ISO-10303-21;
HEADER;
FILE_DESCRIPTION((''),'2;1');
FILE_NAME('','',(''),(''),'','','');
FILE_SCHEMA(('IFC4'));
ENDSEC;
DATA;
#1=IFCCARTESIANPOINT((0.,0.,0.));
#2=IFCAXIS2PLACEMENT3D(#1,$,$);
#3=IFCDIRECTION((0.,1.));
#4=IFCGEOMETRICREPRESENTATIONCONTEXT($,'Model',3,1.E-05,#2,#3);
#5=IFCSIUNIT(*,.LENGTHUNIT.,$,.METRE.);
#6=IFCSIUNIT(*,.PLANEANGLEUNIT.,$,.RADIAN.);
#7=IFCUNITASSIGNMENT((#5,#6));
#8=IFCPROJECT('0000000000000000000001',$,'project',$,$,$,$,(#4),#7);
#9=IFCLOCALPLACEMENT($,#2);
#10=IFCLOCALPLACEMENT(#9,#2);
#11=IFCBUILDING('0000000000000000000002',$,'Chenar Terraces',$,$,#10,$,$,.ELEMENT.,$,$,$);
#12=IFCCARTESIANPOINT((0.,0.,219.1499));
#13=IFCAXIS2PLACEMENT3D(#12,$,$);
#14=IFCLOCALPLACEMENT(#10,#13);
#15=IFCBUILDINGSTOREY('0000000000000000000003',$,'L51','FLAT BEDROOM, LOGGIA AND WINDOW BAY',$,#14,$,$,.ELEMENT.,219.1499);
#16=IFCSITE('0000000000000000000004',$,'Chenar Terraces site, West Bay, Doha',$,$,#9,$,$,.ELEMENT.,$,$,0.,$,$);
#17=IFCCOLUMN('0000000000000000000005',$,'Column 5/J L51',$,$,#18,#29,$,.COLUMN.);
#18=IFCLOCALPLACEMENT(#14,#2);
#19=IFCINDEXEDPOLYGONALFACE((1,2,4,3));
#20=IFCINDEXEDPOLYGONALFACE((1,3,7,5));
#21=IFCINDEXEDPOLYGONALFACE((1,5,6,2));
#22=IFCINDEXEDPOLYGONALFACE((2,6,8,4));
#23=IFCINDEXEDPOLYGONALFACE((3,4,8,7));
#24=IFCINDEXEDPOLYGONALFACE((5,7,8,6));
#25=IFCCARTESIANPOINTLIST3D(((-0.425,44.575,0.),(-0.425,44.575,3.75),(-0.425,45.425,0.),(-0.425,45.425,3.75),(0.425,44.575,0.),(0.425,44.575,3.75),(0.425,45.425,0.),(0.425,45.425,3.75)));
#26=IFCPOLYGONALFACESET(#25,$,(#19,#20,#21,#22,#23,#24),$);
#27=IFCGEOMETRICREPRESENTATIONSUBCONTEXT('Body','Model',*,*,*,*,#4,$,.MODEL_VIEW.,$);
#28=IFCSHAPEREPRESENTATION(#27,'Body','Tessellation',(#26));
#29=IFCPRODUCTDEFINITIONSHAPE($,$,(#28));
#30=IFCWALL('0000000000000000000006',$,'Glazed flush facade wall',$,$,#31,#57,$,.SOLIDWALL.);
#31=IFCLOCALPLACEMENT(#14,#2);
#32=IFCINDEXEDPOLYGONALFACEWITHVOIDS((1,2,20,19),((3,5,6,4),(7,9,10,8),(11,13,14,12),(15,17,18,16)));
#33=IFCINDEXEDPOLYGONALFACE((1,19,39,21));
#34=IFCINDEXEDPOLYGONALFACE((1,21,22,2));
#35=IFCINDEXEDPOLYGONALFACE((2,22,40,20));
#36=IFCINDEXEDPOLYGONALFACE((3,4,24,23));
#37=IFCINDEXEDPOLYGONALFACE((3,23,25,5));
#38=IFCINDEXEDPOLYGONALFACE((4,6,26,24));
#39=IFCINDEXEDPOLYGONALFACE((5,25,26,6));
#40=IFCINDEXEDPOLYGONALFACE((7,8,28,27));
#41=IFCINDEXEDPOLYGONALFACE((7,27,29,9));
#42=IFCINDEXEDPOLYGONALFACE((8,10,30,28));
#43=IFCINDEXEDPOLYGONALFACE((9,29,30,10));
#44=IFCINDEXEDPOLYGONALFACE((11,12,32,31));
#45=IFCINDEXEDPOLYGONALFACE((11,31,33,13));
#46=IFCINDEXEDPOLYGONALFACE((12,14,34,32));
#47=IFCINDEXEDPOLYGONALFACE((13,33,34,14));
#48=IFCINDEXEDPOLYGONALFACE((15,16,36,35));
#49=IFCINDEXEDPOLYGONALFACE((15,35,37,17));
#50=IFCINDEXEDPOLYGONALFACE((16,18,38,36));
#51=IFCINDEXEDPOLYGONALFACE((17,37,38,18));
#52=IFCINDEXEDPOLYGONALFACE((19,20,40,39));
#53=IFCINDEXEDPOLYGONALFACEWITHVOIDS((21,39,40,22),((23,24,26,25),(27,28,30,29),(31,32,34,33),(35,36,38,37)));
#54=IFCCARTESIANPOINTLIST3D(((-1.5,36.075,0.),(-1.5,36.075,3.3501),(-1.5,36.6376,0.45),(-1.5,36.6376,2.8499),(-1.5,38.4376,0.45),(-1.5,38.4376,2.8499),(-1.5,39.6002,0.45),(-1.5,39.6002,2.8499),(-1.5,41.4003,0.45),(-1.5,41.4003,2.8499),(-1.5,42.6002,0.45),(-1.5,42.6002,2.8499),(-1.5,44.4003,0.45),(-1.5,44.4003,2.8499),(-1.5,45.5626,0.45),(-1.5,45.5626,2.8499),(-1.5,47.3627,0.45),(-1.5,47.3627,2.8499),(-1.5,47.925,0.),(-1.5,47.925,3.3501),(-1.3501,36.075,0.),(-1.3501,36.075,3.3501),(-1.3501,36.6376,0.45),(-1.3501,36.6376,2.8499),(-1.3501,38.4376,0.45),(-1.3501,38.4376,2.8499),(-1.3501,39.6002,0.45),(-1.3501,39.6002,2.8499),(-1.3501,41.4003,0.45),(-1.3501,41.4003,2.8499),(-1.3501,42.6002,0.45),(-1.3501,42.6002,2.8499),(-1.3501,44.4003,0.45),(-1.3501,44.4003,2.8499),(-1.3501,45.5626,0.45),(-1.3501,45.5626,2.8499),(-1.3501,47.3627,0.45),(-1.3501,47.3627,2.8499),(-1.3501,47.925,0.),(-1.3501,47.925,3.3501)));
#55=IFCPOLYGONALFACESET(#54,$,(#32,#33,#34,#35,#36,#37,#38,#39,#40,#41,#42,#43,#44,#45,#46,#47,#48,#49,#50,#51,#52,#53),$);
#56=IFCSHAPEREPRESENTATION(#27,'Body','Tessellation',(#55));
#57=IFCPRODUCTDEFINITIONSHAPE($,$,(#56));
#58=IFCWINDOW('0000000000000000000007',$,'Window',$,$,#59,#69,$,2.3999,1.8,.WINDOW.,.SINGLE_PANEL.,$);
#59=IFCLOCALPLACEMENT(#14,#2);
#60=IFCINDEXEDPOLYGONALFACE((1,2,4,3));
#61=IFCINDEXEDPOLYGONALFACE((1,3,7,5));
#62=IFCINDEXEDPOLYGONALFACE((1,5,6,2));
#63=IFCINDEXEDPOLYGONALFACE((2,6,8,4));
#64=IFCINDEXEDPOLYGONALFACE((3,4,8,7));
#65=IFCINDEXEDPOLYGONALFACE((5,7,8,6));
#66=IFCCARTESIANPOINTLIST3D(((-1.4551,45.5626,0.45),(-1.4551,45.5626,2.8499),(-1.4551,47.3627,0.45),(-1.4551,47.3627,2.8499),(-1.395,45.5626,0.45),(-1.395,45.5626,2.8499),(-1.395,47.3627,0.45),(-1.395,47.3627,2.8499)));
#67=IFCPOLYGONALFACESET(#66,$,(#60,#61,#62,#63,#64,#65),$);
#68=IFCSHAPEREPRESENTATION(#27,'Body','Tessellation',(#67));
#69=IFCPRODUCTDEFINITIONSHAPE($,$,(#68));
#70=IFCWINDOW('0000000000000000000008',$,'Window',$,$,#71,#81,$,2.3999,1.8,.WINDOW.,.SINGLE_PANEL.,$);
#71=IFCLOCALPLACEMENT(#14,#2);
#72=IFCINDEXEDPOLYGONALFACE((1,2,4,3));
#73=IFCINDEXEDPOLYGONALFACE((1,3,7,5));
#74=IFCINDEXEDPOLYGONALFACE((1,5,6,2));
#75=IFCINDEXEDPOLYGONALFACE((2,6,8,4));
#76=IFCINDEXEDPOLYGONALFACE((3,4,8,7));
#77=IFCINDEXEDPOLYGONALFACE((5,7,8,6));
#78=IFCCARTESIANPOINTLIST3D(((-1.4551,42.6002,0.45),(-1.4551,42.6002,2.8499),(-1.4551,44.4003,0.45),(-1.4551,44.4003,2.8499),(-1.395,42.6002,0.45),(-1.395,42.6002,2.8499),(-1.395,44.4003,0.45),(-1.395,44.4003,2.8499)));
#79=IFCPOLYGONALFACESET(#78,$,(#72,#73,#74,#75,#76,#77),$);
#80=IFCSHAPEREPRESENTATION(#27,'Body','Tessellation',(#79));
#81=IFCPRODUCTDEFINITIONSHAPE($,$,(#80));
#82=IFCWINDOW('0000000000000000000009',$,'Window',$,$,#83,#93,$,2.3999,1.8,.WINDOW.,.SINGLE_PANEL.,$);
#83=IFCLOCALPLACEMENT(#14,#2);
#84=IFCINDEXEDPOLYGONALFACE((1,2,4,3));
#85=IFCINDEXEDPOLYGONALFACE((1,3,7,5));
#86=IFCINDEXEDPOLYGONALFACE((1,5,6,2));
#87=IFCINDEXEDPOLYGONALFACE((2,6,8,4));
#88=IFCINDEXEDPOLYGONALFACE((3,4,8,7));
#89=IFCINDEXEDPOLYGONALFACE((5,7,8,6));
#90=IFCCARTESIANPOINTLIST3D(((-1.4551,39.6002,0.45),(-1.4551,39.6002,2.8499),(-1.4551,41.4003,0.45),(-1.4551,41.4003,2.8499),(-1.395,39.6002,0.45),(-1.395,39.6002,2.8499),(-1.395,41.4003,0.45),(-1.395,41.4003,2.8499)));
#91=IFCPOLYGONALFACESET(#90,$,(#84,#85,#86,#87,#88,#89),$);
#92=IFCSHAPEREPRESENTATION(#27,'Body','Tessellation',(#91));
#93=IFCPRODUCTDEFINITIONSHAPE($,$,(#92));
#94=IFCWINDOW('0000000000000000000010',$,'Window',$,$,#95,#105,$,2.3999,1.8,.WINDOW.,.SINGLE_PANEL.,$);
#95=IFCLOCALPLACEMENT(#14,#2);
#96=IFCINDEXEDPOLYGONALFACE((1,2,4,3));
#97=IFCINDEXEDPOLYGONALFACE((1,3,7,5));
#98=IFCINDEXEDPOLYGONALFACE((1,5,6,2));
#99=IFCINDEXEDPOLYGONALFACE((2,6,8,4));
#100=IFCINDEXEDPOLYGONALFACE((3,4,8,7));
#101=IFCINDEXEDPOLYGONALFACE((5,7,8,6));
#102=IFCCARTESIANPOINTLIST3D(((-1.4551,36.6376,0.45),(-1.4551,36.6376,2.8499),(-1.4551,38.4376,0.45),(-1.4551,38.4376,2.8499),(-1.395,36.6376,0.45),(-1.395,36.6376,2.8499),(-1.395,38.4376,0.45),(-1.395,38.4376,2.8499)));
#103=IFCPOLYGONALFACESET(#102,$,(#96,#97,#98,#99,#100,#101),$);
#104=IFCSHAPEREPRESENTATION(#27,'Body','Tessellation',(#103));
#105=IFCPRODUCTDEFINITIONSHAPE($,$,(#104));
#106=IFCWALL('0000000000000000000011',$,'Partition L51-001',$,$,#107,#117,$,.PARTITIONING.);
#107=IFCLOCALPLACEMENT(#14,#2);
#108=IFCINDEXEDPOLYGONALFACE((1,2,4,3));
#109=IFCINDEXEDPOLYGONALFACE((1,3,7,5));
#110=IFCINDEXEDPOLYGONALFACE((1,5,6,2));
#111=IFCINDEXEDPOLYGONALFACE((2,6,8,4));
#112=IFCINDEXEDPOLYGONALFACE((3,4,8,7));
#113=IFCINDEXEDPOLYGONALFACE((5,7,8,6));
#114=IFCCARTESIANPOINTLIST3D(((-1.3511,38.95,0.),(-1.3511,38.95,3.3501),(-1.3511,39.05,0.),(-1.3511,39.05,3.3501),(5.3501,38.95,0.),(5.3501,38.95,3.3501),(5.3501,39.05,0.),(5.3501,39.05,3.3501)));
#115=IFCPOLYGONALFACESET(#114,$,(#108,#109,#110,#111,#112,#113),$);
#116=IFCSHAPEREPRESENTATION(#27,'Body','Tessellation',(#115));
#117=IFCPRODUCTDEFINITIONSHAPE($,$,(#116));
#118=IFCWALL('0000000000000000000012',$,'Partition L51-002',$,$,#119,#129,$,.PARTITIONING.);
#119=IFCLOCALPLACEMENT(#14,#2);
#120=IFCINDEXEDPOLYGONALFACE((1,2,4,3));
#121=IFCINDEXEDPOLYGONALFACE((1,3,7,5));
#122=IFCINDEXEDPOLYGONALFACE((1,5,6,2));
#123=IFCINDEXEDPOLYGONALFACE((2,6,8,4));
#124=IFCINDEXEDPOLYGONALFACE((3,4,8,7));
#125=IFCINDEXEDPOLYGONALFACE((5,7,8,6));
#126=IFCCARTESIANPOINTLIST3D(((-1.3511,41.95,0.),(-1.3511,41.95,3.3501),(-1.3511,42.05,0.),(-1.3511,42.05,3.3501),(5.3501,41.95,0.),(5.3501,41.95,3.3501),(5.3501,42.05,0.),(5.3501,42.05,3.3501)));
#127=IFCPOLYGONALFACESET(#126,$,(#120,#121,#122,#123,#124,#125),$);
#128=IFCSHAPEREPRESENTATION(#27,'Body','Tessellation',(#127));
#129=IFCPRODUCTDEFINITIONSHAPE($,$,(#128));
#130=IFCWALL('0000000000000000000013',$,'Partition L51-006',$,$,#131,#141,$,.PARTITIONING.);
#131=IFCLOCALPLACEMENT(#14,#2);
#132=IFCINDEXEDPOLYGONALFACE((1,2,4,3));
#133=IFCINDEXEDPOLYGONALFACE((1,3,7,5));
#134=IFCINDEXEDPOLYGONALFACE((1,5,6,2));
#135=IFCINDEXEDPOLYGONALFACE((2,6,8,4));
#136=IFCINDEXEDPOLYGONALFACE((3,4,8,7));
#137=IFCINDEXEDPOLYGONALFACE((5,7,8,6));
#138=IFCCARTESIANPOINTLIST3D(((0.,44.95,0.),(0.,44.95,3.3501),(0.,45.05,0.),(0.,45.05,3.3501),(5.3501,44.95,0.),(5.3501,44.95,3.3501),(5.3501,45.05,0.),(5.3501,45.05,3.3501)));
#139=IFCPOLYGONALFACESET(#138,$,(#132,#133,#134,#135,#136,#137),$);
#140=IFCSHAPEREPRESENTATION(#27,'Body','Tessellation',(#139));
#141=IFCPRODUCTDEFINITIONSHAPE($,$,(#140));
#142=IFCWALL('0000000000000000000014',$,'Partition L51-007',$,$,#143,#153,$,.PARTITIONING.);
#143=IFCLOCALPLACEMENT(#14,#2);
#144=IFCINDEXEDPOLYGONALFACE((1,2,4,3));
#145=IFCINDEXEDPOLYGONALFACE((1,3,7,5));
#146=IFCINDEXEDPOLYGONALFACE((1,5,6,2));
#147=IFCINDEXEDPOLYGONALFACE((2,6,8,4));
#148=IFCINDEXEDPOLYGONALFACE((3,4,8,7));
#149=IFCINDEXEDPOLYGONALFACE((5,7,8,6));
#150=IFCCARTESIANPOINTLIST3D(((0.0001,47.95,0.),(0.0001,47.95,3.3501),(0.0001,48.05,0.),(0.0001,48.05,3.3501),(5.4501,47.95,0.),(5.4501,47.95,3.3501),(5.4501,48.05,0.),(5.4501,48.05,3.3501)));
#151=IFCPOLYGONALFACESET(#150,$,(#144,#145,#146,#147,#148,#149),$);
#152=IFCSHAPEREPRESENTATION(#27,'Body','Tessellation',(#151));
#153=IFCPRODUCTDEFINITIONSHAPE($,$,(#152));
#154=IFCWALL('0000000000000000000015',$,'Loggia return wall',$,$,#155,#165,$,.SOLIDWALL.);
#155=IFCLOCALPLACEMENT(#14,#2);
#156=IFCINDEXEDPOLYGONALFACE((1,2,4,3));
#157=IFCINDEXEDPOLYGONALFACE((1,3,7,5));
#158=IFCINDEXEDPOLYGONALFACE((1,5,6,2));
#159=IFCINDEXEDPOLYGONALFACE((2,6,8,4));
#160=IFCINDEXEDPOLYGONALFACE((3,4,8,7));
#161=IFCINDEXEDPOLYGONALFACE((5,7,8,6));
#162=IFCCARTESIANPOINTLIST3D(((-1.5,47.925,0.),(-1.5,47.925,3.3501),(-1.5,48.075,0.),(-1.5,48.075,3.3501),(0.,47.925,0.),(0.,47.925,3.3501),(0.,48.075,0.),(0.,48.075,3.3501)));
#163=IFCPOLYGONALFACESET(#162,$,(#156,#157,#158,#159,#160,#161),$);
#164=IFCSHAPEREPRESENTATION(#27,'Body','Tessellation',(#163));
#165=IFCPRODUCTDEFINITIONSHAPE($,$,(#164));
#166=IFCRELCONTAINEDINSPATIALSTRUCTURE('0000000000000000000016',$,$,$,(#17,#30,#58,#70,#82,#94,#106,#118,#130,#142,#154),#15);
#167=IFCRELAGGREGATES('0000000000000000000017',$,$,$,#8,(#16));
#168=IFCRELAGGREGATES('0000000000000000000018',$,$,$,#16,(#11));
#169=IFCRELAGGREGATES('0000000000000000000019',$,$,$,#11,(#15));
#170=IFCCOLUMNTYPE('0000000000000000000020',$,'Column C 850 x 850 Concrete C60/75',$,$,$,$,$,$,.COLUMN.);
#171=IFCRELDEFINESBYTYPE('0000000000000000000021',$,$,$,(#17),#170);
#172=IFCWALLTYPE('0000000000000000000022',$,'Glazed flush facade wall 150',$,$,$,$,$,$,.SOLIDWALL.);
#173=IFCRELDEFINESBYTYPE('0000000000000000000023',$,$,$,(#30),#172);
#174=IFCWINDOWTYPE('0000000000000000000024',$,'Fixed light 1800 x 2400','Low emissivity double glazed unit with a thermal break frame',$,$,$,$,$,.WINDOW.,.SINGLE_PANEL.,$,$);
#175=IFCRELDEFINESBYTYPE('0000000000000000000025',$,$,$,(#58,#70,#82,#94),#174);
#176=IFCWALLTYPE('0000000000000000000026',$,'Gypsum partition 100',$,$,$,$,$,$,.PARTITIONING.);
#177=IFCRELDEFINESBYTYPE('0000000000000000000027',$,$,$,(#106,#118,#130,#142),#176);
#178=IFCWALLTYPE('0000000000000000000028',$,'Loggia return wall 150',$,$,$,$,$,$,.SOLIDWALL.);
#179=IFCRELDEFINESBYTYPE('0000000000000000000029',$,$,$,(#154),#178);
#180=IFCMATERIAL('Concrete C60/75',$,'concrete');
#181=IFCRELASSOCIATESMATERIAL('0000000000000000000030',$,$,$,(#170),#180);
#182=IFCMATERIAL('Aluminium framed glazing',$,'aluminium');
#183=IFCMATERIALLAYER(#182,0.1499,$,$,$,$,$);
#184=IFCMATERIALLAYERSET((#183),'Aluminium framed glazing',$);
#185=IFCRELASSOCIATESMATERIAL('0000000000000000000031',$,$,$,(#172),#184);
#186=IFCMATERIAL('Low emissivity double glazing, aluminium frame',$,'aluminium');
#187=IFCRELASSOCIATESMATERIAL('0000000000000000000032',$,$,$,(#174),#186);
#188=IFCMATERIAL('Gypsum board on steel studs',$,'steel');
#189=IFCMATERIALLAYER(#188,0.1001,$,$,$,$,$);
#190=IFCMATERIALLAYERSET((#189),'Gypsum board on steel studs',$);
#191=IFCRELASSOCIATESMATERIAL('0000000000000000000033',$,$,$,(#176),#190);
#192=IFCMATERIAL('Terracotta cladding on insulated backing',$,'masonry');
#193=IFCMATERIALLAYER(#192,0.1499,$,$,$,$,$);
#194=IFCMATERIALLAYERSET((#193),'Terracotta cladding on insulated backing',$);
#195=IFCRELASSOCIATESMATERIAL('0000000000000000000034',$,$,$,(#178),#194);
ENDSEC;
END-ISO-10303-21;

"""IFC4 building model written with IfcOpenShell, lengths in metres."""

from ifc_helpers import new_model, si_unit, direction, frame, frame_2d, origin, origin_2d, place, context, subcontext, project, spatial, rectangle, extrude, material, layer, layer_set, material_profile, profile_set, type_object, element, fill, save


model = new_model("IFC4")

# Units and contexts
model_context = context("Model", 3, precision=1e-05, world=origin(), true_north=direction((0.0, 1.0)))
body_context = subcontext(model_context, "Body", "Model", "MODEL_VIEW")
ifc_project = project(units=[si_unit("LENGTHUNIT", "METRE"), si_unit("PLANEANGLEUNIT", "RADIAN")], contexts=[model_context])

# Site, building, storey
site_placement = place(None, origin())
site = spatial("IfcSite", under=ifc_project, at=site_placement, Name="Chenar Terraces site, West Bay, Doha", CompositionType="ELEMENT", RefElevation=0.0)
building_placement = place(site_placement, origin())
building = spatial("IfcBuilding", under=site, at=building_placement, Name="Chenar Terraces", CompositionType="ELEMENT")
storey_placement = place(building_placement, frame((0.0, 0.0, 219.1499)))
storey = spatial("IfcBuildingStorey", under=building, at=storey_placement, Name="L51", Description="FLAT BEDROOM, LOGGIA AND WINDOW BAY", CompositionType="ELEMENT", Elevation=219.1499)

# Column
ifc_material_1 = material(Name="Concrete C60/75", Category="concrete")
ifc_material_profile_1 = material_profile(ifc_material_1, rectangle(XDim=0.8501, YDim=0.8501, at=origin_2d()), Name="C 850 x 850")
ifc_profile_set_1 = profile_set([ifc_material_profile_1], Name="Concrete C60/75")
column_type = type_object("IfcColumnType", Name="Column C 850 x 850 Concrete C60/75", PredefinedType="COLUMN", material=ifc_profile_set_1)
placement = place(storey_placement, frame((0.0, 45.0, 0.0), z_axis=(0.0, 0.0, 1.0), x_axis=(1.0, 0.0, 0.0)))
element("IfcColumn", 1, at=placement, inside=storey, type_object=column_type, Name="Column 5/J L51", PredefinedType="COLUMN", context=body_context, shape_type="SweptSolid", body=[
    extrude(rectangle(XDim=0.8501, YDim=0.8501, at=origin_2d()), origin(), (0.0, 0.0, 1.0), 3.75),
])

# Wall, openings, windows
ifc_material_2 = material(Name="Aluminium framed glazing", Category="aluminium")
ifc_layer_1 = layer(ifc_material_2, 0.1499)
ifc_layer_set_1 = layer_set([ifc_layer_1], Name="Aluminium framed glazing")
wall_type_1 = type_object("IfcWallType", Name="Glazed flush facade wall 150", PredefinedType="SOLIDWALL", material=ifc_layer_set_1)
wall_1_placement = place(storey_placement, frame((-1.425, 47.925, 0.0), z_axis=(0.0, 0.0, 1.0), x_axis=(0.0, -1.0, 0.0)))
wall_1 = element("IfcWall", 2, at=wall_1_placement, inside=storey, type_object=wall_type_1, Name="Glazed flush facade wall", PredefinedType="SOLIDWALL", context=body_context, shape_type="SweptSolid", body=[
    extrude(rectangle(XDim=11.8501, YDim=0.1499, at=frame_2d((5.925, 0.0))), origin(), (0.0, 0.0, 1.0), 3.3501),
])
opening_1_placement = place(wall_1_placement, frame((0.5625, 0.0, 0.45)))
opening_1 = element("IfcOpeningElement", 3, at=opening_1_placement, cuts=wall_1, PredefinedType="OPENING", context=body_context, shape_type="SweptSolid", body=[
    extrude(rectangle(XDim=1.8, YDim=2.3999, at=frame_2d((0.8999, 1.2))), frame((0.0, 0.085, 0.0), z_axis=(0.0, -1.0, 0.0), x_axis=(1.0, 0.0, 0.0)), (0.0, 0.0, 1.0), 0.1699),
])
opening_2_placement = place(wall_1_placement, frame((3.5249, 0.0, 0.45)))
opening_2 = element("IfcOpeningElement", 4, at=opening_2_placement, cuts=wall_1, PredefinedType="OPENING", context=body_context, shape_type="SweptSolid", body=[
    extrude(rectangle(XDim=1.8, YDim=2.3999, at=frame_2d((0.8999, 1.2))), frame((0.0, 0.085, 0.0), z_axis=(0.0, -1.0, 0.0), x_axis=(1.0, 0.0, 0.0)), (0.0, 0.0, 1.0), 0.1699),
])
opening_3_placement = place(wall_1_placement, frame((6.5249, 0.0, 0.45)))
opening_3 = element("IfcOpeningElement", 5, at=opening_3_placement, cuts=wall_1, PredefinedType="OPENING", context=body_context, shape_type="SweptSolid", body=[
    extrude(rectangle(XDim=1.8, YDim=2.3999, at=frame_2d((0.8999, 1.2))), frame((0.0, 0.085, 0.0), z_axis=(0.0, -1.0, 0.0), x_axis=(1.0, 0.0, 0.0)), (0.0, 0.0, 1.0), 0.1699),
])
opening_4_placement = place(wall_1_placement, frame((9.4875, 0.0, 0.45)))
opening_4 = element("IfcOpeningElement", 6, at=opening_4_placement, cuts=wall_1, PredefinedType="OPENING", context=body_context, shape_type="SweptSolid", body=[
    extrude(rectangle(XDim=1.8, YDim=2.3999, at=frame_2d((0.8999, 1.2))), frame((0.0, 0.085, 0.0), z_axis=(0.0, -1.0, 0.0), x_axis=(1.0, 0.0, 0.0)), (0.0, 0.0, 1.0), 0.1699),
])
ifc_material_3 = material(Name="Low emissivity double glazing, aluminium frame", Category="aluminium")
window_type = type_object("IfcWindowType", Name="Fixed light 1800 x 2400", Description="Low emissivity double glazed unit with a thermal break frame", PartitioningType="SINGLE_PANEL", PredefinedType="WINDOW", material=ifc_material_3)
window_1_placement = place(opening_1_placement, origin())
window_1 = element("IfcWindow", 7, at=window_1_placement, inside=storey, type_object=window_type, Name="Window", OverallHeight=2.3999, OverallWidth=1.8, PartitioningType="SINGLE_PANEL", PredefinedType="WINDOW", context=body_context, shape_type="SweptSolid", body=[
    extrude(rectangle(XDim=1.8, YDim=2.3999, at=frame_2d((0.8999, 1.2))), frame((0.0, 0.03, 0.0), z_axis=(0.0, -1.0, 0.0), x_axis=(1.0, 0.0, 0.0)), (0.0, 0.0, 1.0), 0.0601),
])
fill(opening_1, window_1)
window_2_placement = place(opening_2_placement, origin())
window_2 = element("IfcWindow", 8, at=window_2_placement, inside=storey, type_object=window_type, Name="Window", OverallHeight=2.3999, OverallWidth=1.8, PartitioningType="SINGLE_PANEL", PredefinedType="WINDOW", context=body_context, shape_type="SweptSolid", body=[
    extrude(rectangle(XDim=1.8, YDim=2.3999, at=frame_2d((0.8999, 1.2))), frame((0.0, 0.03, 0.0), z_axis=(0.0, -1.0, 0.0), x_axis=(1.0, 0.0, 0.0)), (0.0, 0.0, 1.0), 0.0601),
])
fill(opening_2, window_2)
window_3_placement = place(opening_3_placement, origin())
window_3 = element("IfcWindow", 9, at=window_3_placement, inside=storey, type_object=window_type, Name="Window", OverallHeight=2.3999, OverallWidth=1.8, PartitioningType="SINGLE_PANEL", PredefinedType="WINDOW", context=body_context, shape_type="SweptSolid", body=[
    extrude(rectangle(XDim=1.8, YDim=2.3999, at=frame_2d((0.8999, 1.2))), frame((0.0, 0.03, 0.0), z_axis=(0.0, -1.0, 0.0), x_axis=(1.0, 0.0, 0.0)), (0.0, 0.0, 1.0), 0.0601),
])
fill(opening_3, window_3)
window_4_placement = place(opening_4_placement, origin())
window_4 = element("IfcWindow", 10, at=window_4_placement, inside=storey, type_object=window_type, Name="Window", OverallHeight=2.3999, OverallWidth=1.8, PartitioningType="SINGLE_PANEL", PredefinedType="WINDOW", context=body_context, shape_type="SweptSolid", body=[
    extrude(rectangle(XDim=1.8, YDim=2.3999, at=frame_2d((0.8999, 1.2))), frame((0.0, 0.03, 0.0), z_axis=(0.0, -1.0, 0.0), x_axis=(1.0, 0.0, 0.0)), (0.0, 0.0, 1.0), 0.0601),
])
fill(opening_4, window_4)

# Walls
ifc_material_4 = material(Name="Gypsum board on steel studs", Category="steel")
ifc_layer_2 = layer(ifc_material_4, 0.1001)
ifc_layer_set_2 = layer_set([ifc_layer_2], Name="Gypsum board on steel studs")
wall_type_2 = type_object("IfcWallType", Name="Gypsum partition 100", PredefinedType="PARTITIONING", material=ifc_layer_set_2)
for number, where, z_axis, x_axis, name in (
    (11, (-1.3511, 39.0, 0.0), (0.0, 0.0, 1.0), (1.0, 0.0, 0.0), "Partition L51-001"),
    (12, (-1.3511, 42.0, 0.0), (0.0, 0.0, 1.0), (1.0, 0.0, 0.0), "Partition L51-002"),
):
    element("IfcWall", number, at=place(storey_placement, frame(where, z_axis=z_axis, x_axis=x_axis)), inside=storey, type_object=wall_type_2, Name=name, PredefinedType="PARTITIONING", context=body_context, shape_type="SweptSolid", body=[
        extrude(rectangle(XDim=6.7012, YDim=0.1001, at=frame_2d((3.3506, 0.0))), origin(), (0.0, 0.0, 1.0), 3.3501),
    ])
element("IfcWall", 13, at=placement, inside=storey, type_object=wall_type_2, Name="Partition L51-006", PredefinedType="PARTITIONING", context=body_context, shape_type="SweptSolid", body=[
    extrude(rectangle(XDim=5.3501, YDim=0.1001, at=frame_2d((2.675, 0.0))), origin(), (0.0, 0.0, 1.0), 3.3501),
])
wall_2_placement = place(storey_placement, frame((0.0, 48.0, 0.0), z_axis=(0.0, 0.0, 1.0), x_axis=(1.0, 0.0, 0.0)))
element("IfcWall", 14, at=wall_2_placement, inside=storey, type_object=wall_type_2, Name="Partition L51-007", PredefinedType="PARTITIONING", context=body_context, shape_type="SweptSolid", body=[
    extrude(rectangle(XDim=5.45, YDim=0.1001, at=frame_2d((2.7251, 0.0))), origin(), (0.0, 0.0, 1.0), 3.3501),
])
ifc_material_5 = material(Name="Terracotta cladding on insulated backing", Category="masonry")
ifc_layer_3 = layer(ifc_material_5, 0.1499)
ifc_layer_set_3 = layer_set([ifc_layer_3], Name="Terracotta cladding on insulated backing")
wall_type_3 = type_object("IfcWallType", Name="Loggia return wall 150", PredefinedType="SOLIDWALL", material=ifc_layer_set_3)
wall_3_placement = place(storey_placement, frame((-1.5, 48.0, 0.0), z_axis=(0.0, 0.0, 1.0), x_axis=(1.0, 0.0, 0.0)))
element("IfcWall", 15, at=wall_3_placement, inside=storey, type_object=wall_type_3, Name="Loggia return wall", PredefinedType="SOLIDWALL", context=body_context, shape_type="SweptSolid", body=[
    extrude(rectangle(XDim=1.5, YDim=0.1499, at=frame_2d((0.75, 0.0))), origin(), (0.0, 0.0, 1.0), 3.3501),
])

save(model, "model.ifc")
